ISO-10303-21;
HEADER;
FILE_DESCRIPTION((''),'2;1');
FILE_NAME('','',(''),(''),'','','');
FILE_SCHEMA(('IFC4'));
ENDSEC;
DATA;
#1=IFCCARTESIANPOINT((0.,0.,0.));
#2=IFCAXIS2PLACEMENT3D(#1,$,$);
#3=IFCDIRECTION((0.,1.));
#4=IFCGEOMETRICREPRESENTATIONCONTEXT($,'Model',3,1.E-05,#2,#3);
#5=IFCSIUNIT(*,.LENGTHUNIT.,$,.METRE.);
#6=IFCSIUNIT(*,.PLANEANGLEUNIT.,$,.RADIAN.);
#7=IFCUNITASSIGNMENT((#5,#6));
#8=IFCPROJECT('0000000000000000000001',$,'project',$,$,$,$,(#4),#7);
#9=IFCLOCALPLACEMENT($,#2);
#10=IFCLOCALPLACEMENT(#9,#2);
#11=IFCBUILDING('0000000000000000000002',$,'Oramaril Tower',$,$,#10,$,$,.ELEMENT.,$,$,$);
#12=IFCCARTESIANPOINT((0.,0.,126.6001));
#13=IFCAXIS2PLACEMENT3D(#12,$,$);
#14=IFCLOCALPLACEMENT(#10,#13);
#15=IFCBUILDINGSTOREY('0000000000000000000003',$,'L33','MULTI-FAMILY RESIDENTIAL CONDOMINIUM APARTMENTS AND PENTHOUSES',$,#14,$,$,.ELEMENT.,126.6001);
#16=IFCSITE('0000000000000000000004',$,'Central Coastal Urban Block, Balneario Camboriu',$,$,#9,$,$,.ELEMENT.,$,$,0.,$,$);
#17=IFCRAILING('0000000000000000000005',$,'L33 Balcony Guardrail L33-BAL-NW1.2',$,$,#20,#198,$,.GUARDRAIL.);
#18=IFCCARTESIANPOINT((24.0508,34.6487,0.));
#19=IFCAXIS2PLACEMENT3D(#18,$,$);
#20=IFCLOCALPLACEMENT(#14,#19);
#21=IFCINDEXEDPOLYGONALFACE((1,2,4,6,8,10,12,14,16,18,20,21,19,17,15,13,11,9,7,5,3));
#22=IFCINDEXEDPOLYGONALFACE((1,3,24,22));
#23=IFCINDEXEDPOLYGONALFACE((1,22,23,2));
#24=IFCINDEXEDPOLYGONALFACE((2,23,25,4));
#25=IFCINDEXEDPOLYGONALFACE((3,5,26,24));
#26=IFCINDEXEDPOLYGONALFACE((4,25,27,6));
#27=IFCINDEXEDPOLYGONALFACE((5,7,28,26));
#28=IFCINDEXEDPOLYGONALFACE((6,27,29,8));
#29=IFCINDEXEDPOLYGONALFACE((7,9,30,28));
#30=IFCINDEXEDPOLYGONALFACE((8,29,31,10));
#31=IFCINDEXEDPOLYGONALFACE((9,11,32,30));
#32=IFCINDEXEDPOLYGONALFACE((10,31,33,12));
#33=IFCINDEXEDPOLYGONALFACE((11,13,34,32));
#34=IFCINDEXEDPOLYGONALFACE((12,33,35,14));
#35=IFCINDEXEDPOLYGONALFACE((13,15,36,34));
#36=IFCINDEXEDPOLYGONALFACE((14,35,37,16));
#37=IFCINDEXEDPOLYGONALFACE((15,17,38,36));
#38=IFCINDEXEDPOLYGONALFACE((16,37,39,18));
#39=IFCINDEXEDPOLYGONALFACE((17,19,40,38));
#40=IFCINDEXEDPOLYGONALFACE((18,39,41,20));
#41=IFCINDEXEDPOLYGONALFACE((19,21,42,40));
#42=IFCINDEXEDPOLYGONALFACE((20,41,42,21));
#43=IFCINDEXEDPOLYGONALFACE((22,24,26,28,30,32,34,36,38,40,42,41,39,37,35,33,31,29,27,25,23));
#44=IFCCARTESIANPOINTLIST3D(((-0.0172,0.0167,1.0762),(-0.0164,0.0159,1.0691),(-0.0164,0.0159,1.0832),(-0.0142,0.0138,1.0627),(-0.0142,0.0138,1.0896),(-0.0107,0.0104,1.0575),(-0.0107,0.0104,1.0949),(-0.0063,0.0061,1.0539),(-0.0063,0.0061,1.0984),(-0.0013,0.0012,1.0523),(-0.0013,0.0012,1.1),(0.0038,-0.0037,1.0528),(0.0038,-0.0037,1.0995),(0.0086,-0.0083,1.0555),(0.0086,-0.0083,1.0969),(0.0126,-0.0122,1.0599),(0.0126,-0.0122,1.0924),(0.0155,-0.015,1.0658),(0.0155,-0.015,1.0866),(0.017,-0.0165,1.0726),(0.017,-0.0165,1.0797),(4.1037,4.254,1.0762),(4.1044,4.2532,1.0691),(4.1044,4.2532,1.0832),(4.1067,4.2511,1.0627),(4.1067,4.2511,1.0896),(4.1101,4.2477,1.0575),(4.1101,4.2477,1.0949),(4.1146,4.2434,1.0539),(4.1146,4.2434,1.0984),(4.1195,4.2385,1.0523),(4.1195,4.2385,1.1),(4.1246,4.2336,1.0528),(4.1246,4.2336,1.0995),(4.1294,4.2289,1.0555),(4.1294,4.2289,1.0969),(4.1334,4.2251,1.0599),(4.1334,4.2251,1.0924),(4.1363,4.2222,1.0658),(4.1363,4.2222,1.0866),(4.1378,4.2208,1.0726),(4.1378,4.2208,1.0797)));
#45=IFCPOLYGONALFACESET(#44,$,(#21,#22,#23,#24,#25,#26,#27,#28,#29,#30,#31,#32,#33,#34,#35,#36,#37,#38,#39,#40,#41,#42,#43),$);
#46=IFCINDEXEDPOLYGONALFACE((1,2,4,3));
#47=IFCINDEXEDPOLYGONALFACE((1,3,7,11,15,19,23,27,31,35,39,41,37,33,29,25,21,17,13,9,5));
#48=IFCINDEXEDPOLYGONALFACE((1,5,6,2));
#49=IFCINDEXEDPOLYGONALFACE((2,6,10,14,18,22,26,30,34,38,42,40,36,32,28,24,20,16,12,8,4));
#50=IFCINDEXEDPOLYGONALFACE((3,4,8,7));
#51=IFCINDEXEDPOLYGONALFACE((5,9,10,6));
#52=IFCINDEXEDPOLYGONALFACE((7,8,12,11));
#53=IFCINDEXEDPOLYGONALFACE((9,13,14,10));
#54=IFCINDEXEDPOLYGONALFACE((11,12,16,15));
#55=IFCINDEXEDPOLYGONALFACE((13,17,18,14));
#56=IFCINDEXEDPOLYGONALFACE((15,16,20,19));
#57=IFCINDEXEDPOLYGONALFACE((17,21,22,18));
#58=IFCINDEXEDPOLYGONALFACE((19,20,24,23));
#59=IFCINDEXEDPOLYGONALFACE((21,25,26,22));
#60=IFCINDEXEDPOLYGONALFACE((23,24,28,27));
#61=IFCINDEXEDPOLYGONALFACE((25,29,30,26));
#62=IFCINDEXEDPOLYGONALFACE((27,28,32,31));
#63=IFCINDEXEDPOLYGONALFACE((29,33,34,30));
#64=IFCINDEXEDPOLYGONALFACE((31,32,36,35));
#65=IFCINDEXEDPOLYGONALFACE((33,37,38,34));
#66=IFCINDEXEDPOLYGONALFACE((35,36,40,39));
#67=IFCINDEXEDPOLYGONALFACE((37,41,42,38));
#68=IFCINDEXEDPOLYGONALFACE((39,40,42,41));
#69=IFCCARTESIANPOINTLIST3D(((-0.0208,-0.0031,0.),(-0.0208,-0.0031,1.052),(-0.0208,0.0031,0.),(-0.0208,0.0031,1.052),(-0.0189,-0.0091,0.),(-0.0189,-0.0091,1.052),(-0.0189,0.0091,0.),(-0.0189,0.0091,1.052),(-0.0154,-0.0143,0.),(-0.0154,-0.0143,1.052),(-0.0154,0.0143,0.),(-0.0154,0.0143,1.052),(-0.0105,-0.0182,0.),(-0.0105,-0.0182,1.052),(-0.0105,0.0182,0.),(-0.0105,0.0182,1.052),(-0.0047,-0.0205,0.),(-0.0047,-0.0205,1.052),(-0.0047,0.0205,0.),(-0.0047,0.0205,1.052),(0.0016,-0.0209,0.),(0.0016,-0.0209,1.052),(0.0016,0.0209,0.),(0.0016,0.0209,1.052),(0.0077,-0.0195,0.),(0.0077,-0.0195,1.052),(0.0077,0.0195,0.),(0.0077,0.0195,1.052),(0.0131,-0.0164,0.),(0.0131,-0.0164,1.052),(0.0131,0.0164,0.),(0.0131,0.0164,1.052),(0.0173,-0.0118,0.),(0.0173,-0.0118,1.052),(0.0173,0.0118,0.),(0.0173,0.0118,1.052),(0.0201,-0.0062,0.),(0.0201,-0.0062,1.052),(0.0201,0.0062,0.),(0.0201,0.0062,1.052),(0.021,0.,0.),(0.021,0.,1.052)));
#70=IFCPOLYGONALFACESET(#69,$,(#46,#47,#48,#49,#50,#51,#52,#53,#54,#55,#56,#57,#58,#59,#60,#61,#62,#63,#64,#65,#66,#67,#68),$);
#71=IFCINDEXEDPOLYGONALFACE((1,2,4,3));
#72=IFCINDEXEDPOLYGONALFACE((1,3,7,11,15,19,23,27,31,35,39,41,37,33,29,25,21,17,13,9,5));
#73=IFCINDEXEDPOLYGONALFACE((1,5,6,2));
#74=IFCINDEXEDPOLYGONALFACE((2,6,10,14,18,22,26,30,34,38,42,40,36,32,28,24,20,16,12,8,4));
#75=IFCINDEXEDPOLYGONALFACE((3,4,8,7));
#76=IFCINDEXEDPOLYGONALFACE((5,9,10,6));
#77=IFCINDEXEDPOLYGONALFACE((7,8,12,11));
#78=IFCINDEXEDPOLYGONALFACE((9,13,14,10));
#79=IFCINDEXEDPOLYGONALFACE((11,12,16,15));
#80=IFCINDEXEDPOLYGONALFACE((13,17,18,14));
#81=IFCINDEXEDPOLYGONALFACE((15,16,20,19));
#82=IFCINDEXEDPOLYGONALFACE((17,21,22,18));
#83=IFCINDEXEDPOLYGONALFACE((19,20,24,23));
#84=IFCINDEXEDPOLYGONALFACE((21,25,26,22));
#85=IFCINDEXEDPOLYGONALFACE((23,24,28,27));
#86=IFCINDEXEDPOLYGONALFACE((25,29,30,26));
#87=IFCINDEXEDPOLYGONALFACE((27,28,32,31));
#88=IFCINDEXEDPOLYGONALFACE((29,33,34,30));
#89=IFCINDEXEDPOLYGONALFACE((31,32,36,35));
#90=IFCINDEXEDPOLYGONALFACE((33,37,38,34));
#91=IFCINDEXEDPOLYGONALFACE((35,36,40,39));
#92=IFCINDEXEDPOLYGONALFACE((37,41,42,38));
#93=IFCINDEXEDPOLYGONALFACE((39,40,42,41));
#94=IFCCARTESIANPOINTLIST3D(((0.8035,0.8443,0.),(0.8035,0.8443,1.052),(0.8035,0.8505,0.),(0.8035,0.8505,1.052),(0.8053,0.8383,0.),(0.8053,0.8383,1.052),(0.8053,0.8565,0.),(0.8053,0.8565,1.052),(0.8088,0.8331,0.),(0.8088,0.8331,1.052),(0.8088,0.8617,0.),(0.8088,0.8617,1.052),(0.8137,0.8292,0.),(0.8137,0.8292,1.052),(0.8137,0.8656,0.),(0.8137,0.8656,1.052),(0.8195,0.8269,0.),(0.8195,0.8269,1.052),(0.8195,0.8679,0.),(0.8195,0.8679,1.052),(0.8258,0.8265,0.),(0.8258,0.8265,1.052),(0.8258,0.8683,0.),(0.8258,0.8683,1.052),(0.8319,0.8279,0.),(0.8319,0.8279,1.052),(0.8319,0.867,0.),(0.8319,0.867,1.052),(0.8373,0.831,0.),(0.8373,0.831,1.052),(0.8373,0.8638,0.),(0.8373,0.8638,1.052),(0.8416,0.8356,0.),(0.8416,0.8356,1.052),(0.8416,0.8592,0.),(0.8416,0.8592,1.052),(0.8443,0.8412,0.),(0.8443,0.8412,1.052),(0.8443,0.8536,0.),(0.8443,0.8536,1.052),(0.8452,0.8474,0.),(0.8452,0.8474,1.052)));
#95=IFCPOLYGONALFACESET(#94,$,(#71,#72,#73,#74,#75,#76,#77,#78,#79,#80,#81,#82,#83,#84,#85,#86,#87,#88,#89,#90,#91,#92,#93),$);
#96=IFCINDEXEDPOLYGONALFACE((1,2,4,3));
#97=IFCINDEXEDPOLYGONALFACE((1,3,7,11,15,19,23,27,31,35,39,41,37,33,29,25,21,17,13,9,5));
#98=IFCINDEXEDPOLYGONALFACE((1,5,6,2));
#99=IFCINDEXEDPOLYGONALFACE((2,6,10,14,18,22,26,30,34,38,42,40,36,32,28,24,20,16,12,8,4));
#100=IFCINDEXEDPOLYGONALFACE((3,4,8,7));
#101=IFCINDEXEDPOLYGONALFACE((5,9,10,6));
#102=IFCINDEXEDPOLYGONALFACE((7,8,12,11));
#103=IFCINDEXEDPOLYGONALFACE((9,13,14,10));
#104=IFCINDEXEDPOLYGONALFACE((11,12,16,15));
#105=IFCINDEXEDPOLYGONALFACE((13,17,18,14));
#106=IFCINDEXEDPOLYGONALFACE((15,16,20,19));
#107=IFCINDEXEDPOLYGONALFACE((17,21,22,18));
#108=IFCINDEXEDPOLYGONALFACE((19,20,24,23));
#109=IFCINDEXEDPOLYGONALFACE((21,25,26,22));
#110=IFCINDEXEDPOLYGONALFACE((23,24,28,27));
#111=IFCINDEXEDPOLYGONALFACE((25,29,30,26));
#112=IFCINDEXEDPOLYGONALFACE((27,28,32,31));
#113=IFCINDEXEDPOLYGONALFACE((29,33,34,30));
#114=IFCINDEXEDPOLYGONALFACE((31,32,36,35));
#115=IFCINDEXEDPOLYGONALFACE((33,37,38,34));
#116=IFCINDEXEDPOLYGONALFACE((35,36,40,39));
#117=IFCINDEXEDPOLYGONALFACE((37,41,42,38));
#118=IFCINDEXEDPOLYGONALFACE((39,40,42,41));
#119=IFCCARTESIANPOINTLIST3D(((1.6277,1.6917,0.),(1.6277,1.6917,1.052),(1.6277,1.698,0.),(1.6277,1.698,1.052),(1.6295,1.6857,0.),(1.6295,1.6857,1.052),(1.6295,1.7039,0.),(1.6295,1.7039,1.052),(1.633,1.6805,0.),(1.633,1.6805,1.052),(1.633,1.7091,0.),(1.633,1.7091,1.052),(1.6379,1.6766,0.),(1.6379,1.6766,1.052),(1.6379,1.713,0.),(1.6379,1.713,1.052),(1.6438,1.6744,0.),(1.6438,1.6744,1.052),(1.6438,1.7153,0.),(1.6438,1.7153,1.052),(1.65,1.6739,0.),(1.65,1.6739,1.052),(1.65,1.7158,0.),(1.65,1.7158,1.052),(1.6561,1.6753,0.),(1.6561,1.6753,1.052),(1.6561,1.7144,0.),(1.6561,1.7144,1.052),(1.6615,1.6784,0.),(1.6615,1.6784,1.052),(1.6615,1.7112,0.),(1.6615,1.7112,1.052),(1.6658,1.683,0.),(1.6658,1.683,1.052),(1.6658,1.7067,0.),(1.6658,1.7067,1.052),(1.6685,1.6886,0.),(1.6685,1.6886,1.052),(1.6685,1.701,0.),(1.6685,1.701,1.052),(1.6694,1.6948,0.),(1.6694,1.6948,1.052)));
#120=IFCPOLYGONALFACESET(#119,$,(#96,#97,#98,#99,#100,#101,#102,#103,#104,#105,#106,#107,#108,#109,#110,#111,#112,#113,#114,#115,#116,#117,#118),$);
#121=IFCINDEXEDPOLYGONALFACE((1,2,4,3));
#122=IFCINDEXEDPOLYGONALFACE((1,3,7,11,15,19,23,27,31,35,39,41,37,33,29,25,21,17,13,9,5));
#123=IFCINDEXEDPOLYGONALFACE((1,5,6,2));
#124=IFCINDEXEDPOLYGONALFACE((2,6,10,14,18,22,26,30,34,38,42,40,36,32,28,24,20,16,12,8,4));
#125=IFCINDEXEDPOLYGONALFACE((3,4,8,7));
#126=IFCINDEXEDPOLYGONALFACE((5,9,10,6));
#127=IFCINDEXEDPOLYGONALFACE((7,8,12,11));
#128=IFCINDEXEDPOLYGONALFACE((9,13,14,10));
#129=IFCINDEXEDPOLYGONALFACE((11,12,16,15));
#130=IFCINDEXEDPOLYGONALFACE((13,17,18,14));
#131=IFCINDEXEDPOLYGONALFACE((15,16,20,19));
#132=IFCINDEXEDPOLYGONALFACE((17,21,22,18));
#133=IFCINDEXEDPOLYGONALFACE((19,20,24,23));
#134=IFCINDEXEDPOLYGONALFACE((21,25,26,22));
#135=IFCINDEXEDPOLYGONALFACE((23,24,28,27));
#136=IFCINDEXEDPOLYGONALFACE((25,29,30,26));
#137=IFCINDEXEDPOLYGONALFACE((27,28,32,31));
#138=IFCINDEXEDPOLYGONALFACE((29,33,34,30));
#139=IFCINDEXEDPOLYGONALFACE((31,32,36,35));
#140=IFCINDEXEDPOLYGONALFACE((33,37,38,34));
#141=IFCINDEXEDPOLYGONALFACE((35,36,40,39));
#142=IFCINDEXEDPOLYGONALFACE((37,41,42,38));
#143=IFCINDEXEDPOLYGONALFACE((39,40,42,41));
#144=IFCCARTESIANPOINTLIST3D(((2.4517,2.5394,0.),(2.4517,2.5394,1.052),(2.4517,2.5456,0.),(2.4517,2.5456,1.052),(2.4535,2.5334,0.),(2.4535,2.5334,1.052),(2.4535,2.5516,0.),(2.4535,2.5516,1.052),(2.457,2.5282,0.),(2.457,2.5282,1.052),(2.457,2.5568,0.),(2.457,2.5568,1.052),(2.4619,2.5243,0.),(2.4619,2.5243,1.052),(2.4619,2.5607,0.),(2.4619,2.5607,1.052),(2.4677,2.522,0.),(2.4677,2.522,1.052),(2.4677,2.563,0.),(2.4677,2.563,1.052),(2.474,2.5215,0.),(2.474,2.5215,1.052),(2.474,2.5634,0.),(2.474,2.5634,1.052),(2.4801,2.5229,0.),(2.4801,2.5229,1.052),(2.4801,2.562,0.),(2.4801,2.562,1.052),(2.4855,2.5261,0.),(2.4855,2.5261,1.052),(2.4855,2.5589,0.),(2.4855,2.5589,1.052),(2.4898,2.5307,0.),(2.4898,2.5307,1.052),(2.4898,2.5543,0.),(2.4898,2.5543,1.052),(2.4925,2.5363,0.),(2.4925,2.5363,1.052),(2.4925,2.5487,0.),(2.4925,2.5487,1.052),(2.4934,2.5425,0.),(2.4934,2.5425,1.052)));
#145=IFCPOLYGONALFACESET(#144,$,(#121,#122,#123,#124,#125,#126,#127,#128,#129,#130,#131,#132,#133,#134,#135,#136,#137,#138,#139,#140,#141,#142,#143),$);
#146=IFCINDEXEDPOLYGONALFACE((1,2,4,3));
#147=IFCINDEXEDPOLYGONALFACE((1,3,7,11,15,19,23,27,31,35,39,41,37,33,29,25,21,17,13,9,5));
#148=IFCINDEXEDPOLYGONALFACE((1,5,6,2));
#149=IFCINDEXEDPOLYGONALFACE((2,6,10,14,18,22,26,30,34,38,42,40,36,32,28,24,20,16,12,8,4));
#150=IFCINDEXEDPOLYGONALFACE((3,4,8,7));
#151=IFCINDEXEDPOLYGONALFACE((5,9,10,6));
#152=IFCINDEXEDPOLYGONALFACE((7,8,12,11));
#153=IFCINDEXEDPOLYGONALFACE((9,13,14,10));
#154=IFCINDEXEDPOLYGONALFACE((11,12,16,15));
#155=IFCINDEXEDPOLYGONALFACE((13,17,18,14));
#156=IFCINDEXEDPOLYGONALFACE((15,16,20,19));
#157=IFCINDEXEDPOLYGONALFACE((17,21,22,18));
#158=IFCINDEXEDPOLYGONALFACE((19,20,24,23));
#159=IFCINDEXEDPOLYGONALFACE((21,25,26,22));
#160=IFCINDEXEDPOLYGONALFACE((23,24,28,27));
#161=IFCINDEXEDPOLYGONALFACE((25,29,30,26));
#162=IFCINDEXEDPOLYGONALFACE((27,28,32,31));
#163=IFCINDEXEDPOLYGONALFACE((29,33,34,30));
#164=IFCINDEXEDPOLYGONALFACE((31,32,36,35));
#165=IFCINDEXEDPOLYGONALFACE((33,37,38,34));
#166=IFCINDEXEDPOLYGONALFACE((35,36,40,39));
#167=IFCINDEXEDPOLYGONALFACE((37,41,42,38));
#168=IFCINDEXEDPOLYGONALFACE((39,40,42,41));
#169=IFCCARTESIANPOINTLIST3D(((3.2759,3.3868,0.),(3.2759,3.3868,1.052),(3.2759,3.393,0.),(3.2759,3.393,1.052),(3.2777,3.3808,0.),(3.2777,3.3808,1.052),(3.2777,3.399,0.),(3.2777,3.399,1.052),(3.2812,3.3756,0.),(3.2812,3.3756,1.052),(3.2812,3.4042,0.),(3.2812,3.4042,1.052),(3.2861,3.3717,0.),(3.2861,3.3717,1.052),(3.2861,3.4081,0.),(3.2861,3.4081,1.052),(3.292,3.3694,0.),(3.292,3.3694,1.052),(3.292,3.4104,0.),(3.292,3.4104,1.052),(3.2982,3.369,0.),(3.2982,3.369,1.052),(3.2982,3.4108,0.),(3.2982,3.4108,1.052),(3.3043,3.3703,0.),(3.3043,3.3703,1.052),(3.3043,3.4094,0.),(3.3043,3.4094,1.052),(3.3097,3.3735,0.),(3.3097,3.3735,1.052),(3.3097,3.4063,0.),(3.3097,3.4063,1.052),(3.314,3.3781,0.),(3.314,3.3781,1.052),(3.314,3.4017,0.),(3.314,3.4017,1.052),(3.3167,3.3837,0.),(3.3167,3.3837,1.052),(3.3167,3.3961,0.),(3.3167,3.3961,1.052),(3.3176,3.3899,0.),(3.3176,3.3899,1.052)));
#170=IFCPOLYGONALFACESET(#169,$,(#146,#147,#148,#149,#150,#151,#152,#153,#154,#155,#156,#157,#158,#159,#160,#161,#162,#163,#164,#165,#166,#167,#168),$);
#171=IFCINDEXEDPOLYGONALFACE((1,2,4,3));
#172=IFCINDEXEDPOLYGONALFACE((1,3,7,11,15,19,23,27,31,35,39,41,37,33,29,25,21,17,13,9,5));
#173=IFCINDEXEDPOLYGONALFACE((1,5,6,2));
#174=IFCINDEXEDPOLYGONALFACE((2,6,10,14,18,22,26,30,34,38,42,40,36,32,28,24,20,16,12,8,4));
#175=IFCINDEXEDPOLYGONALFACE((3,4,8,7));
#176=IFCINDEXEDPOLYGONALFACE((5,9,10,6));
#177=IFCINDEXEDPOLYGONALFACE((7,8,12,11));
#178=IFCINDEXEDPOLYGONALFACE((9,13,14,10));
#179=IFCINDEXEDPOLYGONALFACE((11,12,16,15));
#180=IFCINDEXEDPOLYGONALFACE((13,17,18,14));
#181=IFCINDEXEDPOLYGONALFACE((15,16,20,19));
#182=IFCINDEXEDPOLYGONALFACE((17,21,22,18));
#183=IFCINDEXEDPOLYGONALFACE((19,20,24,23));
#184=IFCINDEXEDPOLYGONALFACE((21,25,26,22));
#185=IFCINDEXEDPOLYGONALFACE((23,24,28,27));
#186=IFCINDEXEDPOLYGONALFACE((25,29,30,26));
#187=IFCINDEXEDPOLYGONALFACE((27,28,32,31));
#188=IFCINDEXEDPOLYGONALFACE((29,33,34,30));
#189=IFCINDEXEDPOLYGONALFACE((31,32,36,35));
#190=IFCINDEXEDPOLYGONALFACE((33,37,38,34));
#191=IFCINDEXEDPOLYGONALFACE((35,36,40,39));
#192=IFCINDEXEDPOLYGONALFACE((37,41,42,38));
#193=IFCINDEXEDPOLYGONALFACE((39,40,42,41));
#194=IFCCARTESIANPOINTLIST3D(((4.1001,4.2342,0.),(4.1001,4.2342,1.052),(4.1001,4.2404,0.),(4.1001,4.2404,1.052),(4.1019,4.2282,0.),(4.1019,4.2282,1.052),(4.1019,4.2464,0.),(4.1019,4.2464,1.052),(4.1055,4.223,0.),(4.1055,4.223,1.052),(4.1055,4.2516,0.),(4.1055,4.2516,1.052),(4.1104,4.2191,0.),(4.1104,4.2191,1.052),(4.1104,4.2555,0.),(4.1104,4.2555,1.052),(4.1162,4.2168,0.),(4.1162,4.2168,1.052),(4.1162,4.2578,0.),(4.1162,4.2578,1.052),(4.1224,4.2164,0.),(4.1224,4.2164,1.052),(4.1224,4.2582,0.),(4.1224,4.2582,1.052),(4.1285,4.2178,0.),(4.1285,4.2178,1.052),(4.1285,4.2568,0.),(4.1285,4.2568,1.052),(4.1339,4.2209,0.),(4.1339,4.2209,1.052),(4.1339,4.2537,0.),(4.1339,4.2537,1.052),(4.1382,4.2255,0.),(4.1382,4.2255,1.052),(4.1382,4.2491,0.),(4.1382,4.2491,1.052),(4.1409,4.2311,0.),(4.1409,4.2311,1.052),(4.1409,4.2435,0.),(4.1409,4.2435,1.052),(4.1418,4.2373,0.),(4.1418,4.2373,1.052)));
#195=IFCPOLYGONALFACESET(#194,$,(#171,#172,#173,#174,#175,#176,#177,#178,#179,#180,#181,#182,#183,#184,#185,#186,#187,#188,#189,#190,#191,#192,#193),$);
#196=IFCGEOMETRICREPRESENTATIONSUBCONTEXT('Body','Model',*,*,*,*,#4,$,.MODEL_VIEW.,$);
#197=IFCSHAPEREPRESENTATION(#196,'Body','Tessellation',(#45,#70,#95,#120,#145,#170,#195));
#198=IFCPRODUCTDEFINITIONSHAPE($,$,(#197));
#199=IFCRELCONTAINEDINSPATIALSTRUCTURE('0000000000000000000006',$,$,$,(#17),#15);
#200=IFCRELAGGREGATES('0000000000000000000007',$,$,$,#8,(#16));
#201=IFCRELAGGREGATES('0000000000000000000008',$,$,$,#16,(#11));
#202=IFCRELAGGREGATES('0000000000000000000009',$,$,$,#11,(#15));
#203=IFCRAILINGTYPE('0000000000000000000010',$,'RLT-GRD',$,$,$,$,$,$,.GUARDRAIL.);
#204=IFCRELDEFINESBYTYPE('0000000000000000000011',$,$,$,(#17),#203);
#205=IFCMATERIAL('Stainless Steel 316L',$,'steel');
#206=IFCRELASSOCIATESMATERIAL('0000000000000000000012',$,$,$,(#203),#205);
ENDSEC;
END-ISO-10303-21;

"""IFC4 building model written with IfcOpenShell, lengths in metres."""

from ifc_helpers import new_model, si_unit, direction, frame, origin, origin_2d, place, context, subcontext, project, spatial, circle, extrude, material, type_object, element, save


model = new_model("IFC4")

# Units and contexts
model_context = context("Model", 3, precision=1e-05, world=origin(), true_north=direction((0.0, 1.0)))
body_context = subcontext(model_context, "Body", "Model", "MODEL_VIEW")
ifc_project = project(units=[si_unit("LENGTHUNIT", "METRE"), si_unit("PLANEANGLEUNIT", "RADIAN")], contexts=[model_context])

# Site, building, storey
site_placement = place(None, origin())
site = spatial("IfcSite", under=ifc_project, at=site_placement, Name="Central Coastal Urban Block, Balneario Camboriu", CompositionType="ELEMENT", RefElevation=0.0)
building_placement = place(site_placement, origin())
building = spatial("IfcBuilding", under=site, at=building_placement, Name="Oramaril Tower", CompositionType="ELEMENT")
storey_placement = place(building_placement, frame((0.0, 0.0, 126.6001)))
storey = spatial("IfcBuildingStorey", under=building, at=storey_placement, Name="L33", Description="MULTI-FAMILY RESIDENTIAL CONDOMINIUM APARTMENTS AND PENTHOUSES", CompositionType="ELEMENT", Elevation=126.6001)

# Railing
ifc_material_1 = material(Name="Stainless Steel 316L", Category="steel")
railing_type = type_object("IfcRailingType", Name="RLT-GRD", PredefinedType="GUARDRAIL", material=ifc_material_1)
railing_1_placement = place(storey_placement, frame((24.0508, 34.6487, 0.0)))
element("IfcRailing", 1, at=railing_1_placement, inside=storey, type_object=railing_type, Name="L33 Balcony Guardrail L33-BAL-NW1.2", PredefinedType="GUARDRAIL", context=body_context, shape_type="SweptSolid", body=[
    extrude(circle(Radius=0.0239, at=origin_2d()), frame((0.0, 0.0, 1.0762), z_axis=(0.697187, 0.716889, 0.0), x_axis=(-0.716889, 0.697187, 0.0)), (0.0, 0.0, 1.0), 5.9106),
    extrude(circle(Radius=0.021, at=origin_2d()), origin(), (0.0, 0.0, 1.0), 1.052),
    extrude(circle(Radius=0.021, at=origin_2d()), frame((0.8242, 0.8474, 0.0)), (0.0, 0.0, 1.0), 1.052),
    extrude(circle(Radius=0.021, at=origin_2d()), frame((1.6484, 1.6948, 0.0)), (0.0, 0.0, 1.0), 1.052),
    extrude(circle(Radius=0.021, at=origin_2d()), frame((2.4724, 2.5425, 0.0)), (0.0, 0.0, 1.0), 1.052),
    extrude(circle(Radius=0.021, at=origin_2d()), frame((3.2966, 3.3899, 0.0)), (0.0, 0.0, 1.0), 1.052),
    extrude(circle(Radius=0.021, at=origin_2d()), frame((4.1208, 4.2373, 0.0)), (0.0, 0.0, 1.0), 1.052),
])

save(model, "model.ifc")
